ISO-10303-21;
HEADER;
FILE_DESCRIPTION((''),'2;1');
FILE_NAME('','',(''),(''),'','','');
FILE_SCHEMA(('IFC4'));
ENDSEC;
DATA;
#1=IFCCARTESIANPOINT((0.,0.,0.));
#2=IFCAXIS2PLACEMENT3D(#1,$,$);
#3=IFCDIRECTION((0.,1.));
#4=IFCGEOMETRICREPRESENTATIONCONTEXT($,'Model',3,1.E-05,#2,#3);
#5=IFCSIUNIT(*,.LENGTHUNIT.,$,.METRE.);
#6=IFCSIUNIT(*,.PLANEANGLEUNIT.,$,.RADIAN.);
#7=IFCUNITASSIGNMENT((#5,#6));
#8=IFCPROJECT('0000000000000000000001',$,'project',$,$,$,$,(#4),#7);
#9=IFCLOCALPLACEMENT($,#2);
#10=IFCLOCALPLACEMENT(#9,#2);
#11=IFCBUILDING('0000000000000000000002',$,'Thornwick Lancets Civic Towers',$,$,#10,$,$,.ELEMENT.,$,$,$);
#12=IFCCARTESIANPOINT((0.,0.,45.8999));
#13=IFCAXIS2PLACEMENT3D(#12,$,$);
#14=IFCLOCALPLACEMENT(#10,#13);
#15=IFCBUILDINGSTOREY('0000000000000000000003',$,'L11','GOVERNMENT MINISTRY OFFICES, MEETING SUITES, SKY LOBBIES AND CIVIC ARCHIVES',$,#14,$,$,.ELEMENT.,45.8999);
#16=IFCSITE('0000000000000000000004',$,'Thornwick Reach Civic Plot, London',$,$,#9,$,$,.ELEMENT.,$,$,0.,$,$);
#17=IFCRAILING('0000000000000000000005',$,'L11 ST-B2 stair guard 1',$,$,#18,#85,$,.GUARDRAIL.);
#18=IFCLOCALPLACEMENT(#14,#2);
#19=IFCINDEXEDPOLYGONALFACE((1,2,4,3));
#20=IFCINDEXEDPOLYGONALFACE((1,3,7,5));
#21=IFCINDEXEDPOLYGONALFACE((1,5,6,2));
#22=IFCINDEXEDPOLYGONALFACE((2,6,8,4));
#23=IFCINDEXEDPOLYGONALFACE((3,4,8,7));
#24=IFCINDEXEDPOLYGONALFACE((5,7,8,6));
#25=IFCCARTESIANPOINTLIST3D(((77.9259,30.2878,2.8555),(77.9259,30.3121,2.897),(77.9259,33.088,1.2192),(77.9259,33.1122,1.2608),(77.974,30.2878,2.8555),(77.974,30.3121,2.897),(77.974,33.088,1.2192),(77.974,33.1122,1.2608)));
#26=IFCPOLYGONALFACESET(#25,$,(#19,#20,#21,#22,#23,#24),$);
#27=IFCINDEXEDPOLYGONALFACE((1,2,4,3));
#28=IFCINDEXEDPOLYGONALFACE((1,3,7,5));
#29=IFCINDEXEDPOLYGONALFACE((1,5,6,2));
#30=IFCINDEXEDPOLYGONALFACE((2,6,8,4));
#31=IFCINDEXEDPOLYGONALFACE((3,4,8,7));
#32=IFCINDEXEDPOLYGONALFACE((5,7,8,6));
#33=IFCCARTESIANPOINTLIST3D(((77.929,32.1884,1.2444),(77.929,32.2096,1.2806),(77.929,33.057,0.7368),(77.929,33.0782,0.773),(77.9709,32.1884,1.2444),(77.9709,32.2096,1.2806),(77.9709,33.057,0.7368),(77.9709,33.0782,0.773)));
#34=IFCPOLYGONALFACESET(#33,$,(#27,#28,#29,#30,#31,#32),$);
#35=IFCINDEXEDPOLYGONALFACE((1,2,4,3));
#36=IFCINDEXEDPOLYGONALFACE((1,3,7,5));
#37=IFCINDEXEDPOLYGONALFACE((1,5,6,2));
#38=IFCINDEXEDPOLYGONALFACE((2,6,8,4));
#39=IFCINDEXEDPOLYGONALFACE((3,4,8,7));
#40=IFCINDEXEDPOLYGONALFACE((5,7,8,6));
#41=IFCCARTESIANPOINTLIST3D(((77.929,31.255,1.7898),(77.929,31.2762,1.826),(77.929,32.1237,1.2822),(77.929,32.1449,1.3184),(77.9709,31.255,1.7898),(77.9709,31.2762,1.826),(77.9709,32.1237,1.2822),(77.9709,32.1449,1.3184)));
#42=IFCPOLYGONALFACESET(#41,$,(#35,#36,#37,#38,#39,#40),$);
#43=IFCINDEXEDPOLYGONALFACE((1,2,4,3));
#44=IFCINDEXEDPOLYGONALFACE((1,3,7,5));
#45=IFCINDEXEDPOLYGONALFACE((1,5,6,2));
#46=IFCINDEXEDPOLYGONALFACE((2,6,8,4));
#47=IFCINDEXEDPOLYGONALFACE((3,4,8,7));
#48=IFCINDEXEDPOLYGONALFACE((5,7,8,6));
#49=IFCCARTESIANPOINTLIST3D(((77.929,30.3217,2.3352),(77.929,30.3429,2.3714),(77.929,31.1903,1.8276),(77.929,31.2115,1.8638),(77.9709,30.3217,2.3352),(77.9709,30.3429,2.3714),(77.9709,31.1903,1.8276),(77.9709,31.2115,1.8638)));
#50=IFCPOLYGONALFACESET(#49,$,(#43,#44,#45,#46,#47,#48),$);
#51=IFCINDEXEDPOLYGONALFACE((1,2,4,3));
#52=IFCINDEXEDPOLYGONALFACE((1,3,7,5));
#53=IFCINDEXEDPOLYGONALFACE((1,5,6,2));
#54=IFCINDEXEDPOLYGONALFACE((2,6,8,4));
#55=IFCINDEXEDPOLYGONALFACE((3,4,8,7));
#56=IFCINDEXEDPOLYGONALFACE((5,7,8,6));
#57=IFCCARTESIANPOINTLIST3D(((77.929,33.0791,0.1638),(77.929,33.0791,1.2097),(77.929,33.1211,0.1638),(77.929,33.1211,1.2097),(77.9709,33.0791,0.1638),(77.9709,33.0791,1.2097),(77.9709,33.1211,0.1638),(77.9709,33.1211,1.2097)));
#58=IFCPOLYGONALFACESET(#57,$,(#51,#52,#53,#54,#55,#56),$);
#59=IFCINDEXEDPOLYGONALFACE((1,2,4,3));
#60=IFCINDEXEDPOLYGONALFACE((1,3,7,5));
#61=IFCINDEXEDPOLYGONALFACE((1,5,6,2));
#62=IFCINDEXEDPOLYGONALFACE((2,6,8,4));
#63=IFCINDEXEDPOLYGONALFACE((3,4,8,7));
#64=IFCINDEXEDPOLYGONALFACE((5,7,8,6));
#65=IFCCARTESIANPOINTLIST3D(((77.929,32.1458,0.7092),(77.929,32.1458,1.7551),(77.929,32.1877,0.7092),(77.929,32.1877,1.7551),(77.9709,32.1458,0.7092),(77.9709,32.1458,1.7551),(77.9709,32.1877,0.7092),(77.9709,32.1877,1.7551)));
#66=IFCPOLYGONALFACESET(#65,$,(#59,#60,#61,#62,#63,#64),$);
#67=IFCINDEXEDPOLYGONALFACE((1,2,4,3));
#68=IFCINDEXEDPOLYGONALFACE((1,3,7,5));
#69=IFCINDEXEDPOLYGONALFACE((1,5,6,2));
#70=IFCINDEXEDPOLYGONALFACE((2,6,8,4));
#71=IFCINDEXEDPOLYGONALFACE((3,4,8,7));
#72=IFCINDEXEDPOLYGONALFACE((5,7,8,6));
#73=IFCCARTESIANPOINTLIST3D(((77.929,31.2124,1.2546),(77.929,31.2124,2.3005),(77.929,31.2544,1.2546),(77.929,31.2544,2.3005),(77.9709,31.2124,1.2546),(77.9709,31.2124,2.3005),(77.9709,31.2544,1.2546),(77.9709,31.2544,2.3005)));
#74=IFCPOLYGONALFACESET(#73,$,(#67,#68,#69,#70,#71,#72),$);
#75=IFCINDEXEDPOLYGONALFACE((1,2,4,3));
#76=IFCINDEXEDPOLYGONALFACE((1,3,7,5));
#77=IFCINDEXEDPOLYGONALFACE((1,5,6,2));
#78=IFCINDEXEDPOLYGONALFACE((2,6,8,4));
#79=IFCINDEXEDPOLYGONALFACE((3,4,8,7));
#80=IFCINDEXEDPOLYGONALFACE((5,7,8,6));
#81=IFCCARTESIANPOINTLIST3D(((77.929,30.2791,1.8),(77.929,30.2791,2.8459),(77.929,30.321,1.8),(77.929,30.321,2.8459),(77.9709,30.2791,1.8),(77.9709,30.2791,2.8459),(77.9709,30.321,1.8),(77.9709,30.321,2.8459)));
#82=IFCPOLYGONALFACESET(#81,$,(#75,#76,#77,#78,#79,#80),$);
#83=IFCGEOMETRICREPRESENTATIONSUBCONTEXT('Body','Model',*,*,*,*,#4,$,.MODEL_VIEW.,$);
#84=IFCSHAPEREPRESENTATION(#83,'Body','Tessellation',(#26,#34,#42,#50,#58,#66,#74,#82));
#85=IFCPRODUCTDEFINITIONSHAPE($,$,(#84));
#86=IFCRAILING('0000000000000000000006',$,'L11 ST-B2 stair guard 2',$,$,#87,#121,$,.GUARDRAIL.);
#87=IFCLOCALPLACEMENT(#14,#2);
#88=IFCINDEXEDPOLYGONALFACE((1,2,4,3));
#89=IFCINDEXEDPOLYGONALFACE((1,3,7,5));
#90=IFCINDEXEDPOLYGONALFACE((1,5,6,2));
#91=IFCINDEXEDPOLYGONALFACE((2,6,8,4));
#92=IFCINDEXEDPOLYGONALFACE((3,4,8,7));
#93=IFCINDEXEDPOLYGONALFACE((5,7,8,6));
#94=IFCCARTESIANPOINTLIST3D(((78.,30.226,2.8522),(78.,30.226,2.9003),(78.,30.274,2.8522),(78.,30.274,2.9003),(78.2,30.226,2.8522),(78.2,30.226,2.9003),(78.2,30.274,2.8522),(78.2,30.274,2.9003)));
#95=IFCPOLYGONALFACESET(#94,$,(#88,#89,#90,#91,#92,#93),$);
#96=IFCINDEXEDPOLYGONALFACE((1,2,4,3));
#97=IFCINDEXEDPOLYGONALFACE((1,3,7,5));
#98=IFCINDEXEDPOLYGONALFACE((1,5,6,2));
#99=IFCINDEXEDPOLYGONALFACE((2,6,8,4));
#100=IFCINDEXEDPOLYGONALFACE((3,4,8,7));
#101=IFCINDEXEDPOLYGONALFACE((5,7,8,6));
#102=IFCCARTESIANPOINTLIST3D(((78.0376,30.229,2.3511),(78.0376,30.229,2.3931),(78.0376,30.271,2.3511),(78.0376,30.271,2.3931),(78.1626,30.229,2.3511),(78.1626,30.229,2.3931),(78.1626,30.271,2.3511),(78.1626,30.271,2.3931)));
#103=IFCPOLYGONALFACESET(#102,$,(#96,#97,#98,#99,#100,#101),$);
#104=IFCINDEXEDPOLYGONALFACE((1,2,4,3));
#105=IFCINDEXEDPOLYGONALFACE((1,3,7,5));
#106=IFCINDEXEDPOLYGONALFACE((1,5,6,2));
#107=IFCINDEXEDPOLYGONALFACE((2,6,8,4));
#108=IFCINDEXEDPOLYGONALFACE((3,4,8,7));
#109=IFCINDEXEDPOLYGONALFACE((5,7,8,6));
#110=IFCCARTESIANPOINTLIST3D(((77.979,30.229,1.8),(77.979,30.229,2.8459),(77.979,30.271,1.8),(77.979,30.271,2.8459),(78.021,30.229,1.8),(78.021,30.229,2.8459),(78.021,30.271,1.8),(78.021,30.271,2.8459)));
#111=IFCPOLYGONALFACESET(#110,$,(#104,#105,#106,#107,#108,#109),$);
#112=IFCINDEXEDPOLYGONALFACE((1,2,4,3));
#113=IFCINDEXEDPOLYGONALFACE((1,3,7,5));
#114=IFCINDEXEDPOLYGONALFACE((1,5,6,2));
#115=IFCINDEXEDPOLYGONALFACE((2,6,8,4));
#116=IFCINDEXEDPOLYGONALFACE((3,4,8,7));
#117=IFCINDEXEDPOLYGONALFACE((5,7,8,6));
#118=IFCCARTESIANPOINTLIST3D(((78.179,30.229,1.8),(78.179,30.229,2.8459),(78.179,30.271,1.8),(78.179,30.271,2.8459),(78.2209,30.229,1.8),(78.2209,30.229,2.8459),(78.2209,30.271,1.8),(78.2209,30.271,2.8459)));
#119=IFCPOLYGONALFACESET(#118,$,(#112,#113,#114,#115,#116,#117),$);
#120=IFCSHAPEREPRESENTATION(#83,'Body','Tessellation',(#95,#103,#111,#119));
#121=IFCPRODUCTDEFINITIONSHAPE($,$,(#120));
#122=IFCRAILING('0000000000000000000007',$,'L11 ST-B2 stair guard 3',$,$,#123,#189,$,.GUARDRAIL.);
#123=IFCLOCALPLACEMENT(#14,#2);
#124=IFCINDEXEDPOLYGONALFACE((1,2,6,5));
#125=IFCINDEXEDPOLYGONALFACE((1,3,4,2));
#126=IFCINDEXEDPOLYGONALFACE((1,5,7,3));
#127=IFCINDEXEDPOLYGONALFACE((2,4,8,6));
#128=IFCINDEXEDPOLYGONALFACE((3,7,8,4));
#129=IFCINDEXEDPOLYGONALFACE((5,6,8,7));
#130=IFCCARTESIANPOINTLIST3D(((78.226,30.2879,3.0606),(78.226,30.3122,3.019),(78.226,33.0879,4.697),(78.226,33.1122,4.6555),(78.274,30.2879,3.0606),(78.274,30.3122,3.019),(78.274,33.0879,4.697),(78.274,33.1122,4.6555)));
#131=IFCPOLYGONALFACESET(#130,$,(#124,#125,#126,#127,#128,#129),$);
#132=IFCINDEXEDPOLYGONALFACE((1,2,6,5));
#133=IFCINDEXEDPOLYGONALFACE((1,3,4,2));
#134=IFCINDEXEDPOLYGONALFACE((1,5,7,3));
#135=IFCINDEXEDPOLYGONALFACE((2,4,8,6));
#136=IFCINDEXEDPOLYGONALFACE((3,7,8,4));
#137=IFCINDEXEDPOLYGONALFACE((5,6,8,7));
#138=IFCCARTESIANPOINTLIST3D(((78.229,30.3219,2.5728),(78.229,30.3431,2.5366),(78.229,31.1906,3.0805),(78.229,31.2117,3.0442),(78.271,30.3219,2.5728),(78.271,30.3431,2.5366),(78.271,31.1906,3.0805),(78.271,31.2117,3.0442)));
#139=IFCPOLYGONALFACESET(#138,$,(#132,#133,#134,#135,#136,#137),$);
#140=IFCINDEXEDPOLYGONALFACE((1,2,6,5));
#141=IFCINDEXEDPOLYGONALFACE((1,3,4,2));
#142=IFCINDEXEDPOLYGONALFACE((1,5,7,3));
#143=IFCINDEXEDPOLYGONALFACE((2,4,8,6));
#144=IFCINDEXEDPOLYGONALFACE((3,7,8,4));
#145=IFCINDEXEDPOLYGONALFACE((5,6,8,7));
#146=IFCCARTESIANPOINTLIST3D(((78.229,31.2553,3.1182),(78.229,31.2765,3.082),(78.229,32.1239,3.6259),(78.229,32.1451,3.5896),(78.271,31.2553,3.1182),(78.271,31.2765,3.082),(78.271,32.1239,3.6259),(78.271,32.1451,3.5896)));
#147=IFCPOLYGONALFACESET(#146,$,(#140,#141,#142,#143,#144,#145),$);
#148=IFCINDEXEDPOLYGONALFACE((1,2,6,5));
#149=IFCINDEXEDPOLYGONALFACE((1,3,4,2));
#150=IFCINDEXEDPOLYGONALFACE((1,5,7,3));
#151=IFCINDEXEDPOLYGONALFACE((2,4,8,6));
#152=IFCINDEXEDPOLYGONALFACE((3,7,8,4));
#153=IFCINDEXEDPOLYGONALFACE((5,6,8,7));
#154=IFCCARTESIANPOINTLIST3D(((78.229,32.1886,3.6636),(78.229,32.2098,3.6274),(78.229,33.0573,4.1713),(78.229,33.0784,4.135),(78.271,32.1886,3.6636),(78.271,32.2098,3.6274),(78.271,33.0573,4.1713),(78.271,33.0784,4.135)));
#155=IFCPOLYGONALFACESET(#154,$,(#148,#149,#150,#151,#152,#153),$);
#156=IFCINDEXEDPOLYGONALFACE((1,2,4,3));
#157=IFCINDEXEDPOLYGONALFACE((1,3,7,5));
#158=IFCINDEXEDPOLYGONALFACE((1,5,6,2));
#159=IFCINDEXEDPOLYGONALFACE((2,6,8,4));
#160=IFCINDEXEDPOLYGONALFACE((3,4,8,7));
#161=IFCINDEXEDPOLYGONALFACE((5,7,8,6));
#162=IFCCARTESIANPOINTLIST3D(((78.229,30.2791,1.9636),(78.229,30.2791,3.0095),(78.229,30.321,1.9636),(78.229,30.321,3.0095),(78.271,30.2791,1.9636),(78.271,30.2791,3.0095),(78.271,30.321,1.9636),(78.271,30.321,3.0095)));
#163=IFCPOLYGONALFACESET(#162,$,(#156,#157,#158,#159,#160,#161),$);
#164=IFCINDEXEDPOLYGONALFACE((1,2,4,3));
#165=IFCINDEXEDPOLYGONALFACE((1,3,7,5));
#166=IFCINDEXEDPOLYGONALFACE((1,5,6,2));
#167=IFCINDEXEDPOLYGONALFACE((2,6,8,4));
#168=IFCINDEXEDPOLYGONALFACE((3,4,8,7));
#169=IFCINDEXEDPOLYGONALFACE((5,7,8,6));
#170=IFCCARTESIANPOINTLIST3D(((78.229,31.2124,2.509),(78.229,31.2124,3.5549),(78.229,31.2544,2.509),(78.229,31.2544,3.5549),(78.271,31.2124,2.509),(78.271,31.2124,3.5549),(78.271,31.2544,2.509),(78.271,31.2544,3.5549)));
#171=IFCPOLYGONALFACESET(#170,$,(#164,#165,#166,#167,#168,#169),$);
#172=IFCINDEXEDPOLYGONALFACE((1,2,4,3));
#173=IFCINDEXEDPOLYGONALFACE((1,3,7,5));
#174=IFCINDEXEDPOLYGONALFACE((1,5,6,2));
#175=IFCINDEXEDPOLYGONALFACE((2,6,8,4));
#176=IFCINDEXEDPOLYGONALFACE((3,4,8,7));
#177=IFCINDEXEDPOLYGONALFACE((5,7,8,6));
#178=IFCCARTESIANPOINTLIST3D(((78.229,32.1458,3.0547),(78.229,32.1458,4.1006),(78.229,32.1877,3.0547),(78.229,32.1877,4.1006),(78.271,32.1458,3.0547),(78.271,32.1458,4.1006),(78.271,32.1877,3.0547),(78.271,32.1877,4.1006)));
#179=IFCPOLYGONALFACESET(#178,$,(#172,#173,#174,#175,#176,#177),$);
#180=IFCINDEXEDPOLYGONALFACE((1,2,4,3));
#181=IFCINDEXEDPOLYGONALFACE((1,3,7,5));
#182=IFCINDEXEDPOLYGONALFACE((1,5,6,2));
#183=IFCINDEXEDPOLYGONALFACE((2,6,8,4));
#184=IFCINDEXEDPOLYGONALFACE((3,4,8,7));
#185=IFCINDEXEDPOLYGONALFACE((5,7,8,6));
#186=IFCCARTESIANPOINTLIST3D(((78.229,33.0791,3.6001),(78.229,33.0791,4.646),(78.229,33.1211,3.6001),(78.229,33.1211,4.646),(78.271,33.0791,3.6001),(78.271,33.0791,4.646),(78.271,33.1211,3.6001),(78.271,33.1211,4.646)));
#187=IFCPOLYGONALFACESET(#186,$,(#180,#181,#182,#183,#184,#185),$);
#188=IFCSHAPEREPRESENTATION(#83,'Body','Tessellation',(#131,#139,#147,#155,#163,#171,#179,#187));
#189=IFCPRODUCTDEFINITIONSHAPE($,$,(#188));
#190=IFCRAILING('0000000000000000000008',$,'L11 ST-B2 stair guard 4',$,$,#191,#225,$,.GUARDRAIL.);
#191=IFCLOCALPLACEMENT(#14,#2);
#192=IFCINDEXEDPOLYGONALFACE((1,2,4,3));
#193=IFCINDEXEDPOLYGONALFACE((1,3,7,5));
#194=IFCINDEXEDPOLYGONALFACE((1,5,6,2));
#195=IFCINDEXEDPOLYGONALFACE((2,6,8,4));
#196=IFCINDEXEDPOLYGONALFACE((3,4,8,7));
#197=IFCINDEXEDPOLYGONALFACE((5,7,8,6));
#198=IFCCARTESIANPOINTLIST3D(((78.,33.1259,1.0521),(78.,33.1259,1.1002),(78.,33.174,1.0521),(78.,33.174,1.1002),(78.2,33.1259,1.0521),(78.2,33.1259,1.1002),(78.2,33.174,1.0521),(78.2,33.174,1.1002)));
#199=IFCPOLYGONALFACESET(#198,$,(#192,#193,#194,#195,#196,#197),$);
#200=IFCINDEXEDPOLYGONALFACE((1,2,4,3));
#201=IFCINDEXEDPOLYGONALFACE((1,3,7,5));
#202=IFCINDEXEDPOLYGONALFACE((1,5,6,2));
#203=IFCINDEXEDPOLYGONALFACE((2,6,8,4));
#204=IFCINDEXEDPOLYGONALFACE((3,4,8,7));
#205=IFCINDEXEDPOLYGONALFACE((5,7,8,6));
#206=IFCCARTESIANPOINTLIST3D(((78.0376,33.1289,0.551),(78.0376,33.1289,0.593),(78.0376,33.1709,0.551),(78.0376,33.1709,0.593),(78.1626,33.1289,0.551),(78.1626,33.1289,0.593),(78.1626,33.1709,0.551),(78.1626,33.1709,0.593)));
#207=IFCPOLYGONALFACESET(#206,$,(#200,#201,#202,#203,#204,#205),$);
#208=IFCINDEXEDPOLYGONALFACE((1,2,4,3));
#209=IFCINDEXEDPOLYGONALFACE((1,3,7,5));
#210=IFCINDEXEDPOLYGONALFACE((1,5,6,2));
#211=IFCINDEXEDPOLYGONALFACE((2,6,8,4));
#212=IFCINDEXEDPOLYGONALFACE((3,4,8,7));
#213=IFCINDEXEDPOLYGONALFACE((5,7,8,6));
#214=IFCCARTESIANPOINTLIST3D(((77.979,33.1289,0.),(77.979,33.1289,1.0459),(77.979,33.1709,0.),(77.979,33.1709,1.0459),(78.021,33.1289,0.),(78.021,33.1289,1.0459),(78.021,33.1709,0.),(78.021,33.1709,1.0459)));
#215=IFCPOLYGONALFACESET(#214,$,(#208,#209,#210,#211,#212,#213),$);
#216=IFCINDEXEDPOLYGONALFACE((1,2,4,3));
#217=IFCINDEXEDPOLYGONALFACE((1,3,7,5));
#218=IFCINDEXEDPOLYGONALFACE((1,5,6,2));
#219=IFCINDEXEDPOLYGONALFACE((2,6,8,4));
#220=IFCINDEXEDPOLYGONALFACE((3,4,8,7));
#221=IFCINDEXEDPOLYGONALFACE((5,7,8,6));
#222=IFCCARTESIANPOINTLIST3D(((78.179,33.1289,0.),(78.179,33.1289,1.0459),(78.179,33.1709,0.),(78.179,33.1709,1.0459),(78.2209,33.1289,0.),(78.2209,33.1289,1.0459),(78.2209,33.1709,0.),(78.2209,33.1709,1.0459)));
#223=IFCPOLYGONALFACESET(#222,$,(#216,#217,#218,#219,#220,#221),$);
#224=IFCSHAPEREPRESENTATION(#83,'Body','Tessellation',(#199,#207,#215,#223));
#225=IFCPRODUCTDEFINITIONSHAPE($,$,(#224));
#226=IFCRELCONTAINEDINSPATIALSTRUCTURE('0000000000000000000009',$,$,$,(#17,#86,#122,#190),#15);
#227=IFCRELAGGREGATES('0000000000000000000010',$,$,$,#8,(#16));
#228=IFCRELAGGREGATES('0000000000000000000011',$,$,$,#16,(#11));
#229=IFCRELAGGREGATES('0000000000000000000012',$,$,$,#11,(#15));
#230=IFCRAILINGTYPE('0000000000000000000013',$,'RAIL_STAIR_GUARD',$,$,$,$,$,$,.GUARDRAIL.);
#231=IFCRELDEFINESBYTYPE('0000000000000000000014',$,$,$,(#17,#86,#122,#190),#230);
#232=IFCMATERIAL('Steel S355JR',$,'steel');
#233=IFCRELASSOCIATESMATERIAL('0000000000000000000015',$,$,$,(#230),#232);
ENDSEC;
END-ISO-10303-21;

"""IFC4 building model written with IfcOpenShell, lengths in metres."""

from ifc_helpers import new_model, si_unit, direction, frame, origin, origin_2d, place, context, subcontext, project, spatial, rectangle, extrude, material, type_object, element, save


model = new_model("IFC4")

# Units and contexts
model_context = context("Model", 3, precision=1e-05, world=origin(), true_north=direction((0.0, 1.0)))
body_context = subcontext(model_context, "Body", "Model", "MODEL_VIEW")
ifc_project = project(units=[si_unit("LENGTHUNIT", "METRE"), si_unit("PLANEANGLEUNIT", "RADIAN")], contexts=[model_context])

# Site, building, storey
site_placement = place(None, origin())
site = spatial("IfcSite", under=ifc_project, at=site_placement, Name="Thornwick Reach Civic Plot, London", CompositionType="ELEMENT", RefElevation=0.0)
building_placement = place(site_placement, origin())
building = spatial("IfcBuilding", under=site, at=building_placement, Name="Thornwick Lancets Civic Towers", CompositionType="ELEMENT")
storey_placement = place(building_placement, frame((0.0, 0.0, 45.8999)))
storey = spatial("IfcBuildingStorey", under=building, at=storey_placement, Name="L11", Description="GOVERNMENT MINISTRY OFFICES, MEETING SUITES, SKY LOBBIES AND CIVIC ARCHIVES", CompositionType="ELEMENT", Elevation=45.8999)

# Shared definitions
ifc_material_1 = material(Name="Steel S355JR", Category="steel")

# Railings
railing_type_1 = type_object("IfcRailingType", Name="RAIL_STAIR_GUARD", PredefinedType="GUARDRAIL", material=ifc_material_1)
railing_1_placement = place(storey_placement, frame((77.95, 33.1001, 0.1638)))
element("IfcRailing", 1, at=railing_1_placement, inside=storey, type_object=railing_type_1, Name="L11 ST-B2 stair guard 1", PredefinedType="GUARDRAIL", context=body_context, shape_type="SweptSolid", body=[
    extrude(rectangle(XDim=0.0481, YDim=0.0481, at=origin_2d()), frame((0.0, 0.0, 1.0762), z_axis=(0.0, -0.863394, 0.504531), x_axis=(1.0, 0.0, 0.0)), (0.0, 0.0, 1.0), 3.2432),
    extrude(rectangle(XDim=0.042, YDim=0.042, at=origin_2d()), frame((0.0, -0.0325, 0.5911), z_axis=(0.0, -0.863394, 0.504531), x_axis=(1.0, 0.0, 0.0)), (0.0, 0.0, 1.0), 1.0061),
    extrude(rectangle(XDim=0.042, YDim=0.042, at=origin_2d()), frame((0.0, -0.9658, 1.1365), z_axis=(0.0, -0.863394, 0.504531), x_axis=(1.0, 0.0, 0.0)), (0.0, 0.0, 1.0), 1.0061),
    extrude(rectangle(XDim=0.042, YDim=0.042, at=origin_2d()), frame((0.0, -1.8992, 1.6819), z_axis=(0.0, -0.863394, 0.504531), x_axis=(1.0, 0.0, 0.0)), (0.0, 0.0, 1.0), 1.0061),
    extrude(rectangle(XDim=0.042, YDim=0.042, at=origin_2d()), origin(), (0.0, 0.0, 1.0), 1.0459),
    extrude(rectangle(XDim=0.042, YDim=0.042, at=origin_2d()), frame((0.0, -0.9333, 0.5454)), (0.0, 0.0, 1.0), 1.0459),
    extrude(rectangle(XDim=0.042, YDim=0.042, at=origin_2d()), frame((0.0, -1.8667, 1.0908)), (0.0, 0.0, 1.0), 1.0459),
    extrude(rectangle(XDim=0.042, YDim=0.042, at=origin_2d()), frame((0.0, -2.8, 1.6362)), (0.0, 0.0, 1.0), 1.0459),
])
railing_2_placement = place(storey_placement, frame((78.0, 30.25, 1.8)))
element("IfcRailing", 2, at=railing_2_placement, inside=storey, type_object=railing_type_1, Name="L11 ST-B2 stair guard 2", PredefinedType="GUARDRAIL", context=body_context, shape_type="SweptSolid", body=[
    extrude(rectangle(XDim=0.0481, YDim=0.0481, at=origin_2d()), frame((0.0, 0.0, 1.0762), z_axis=(1.0, 0.0, 0.0), x_axis=(0.0, 1.0, 0.0)), (0.0, 0.0, 1.0), 0.2),
    extrude(rectangle(XDim=0.042, YDim=0.042, at=origin_2d()), frame((0.0376, 0.0, 0.572), z_axis=(1.0, 0.0, 0.0), x_axis=(0.0, 1.0, 0.0)), (0.0, 0.0, 1.0), 0.125),
    extrude(rectangle(XDim=0.042, YDim=0.042, at=origin_2d()), origin(), (0.0, 0.0, 1.0), 1.0459),
    extrude(rectangle(XDim=0.042, YDim=0.042, at=origin_2d()), frame((0.2, 0.0, 0.0)), (0.0, 0.0, 1.0), 1.0459),
])
railing_3_placement = place(storey_placement, frame((78.25, 30.3, 1.9636)))
element("IfcRailing", 3, at=railing_3_placement, inside=storey, type_object=railing_type_1, Name="L11 ST-B2 stair guard 3", PredefinedType="GUARDRAIL", context=body_context, shape_type="SweptSolid", body=[
    extrude(rectangle(XDim=0.0481, YDim=0.0481, at=origin_2d()), frame((0.0, 0.0, 1.0762), z_axis=(0.0, 0.863361, 0.504587), x_axis=(-1.0, 0.0, 0.0)), (0.0, 0.0, 1.0), 3.2432),
    extrude(rectangle(XDim=0.042, YDim=0.042, at=origin_2d()), frame((0.0, 0.0325, 0.5911), z_axis=(0.0, 0.863361, 0.504587), x_axis=(-1.0, 0.0, 0.0)), (0.0, 0.0, 1.0), 1.0061),
    extrude(rectangle(XDim=0.042, YDim=0.042, at=origin_2d()), frame((0.0, 0.9658, 1.1365), z_axis=(0.0, 0.863361, 0.504587), x_axis=(-1.0, 0.0, 0.0)), (0.0, 0.0, 1.0), 1.0061),
    extrude(rectangle(XDim=0.042, YDim=0.042, at=origin_2d()), frame((0.0, 1.8992, 1.6819), z_axis=(0.0, 0.863361, 0.504587), x_axis=(-1.0, 0.0, 0.0)), (0.0, 0.0, 1.0), 1.0061),
    extrude(rectangle(XDim=0.042, YDim=0.042, at=origin_2d()), origin(), (0.0, 0.0, 1.0), 1.0459),
    extrude(rectangle(XDim=0.042, YDim=0.042, at=origin_2d()), frame((0.0, 0.9333, 0.5454)), (0.0, 0.0, 1.0), 1.0459),
    extrude(rectangle(XDim=0.042, YDim=0.042, at=origin_2d()), frame((0.0, 1.8667, 1.0911)), (0.0, 0.0, 1.0), 1.0459),
    extrude(rectangle(XDim=0.042, YDim=0.042, at=origin_2d()), frame((0.0, 2.8, 1.6365)), (0.0, 0.0, 1.0), 1.0459),
])
railing_4_placement = place(storey_placement, frame((78.0, 33.1499, 0.0)))
element("IfcRailing", 4, at=railing_4_placement, inside=storey, type_object=railing_type_1, Name="L11 ST-B2 stair guard 4", PredefinedType="GUARDRAIL", context=body_context, shape_type="SweptSolid", body=[
    extrude(rectangle(XDim=0.0481, YDim=0.0481, at=origin_2d()), frame((0.0, 0.0, 1.0762), z_axis=(1.0, 0.0, 0.0), x_axis=(0.0, 1.0, 0.0)), (0.0, 0.0, 1.0), 0.2),
    extrude(rectangle(XDim=0.042, YDim=0.042, at=origin_2d()), frame((0.0376, 0.0, 0.572), z_axis=(1.0, 0.0, 0.0), x_axis=(0.0, 1.0, 0.0)), (0.0, 0.0, 1.0), 0.125),
    extrude(rectangle(XDim=0.042, YDim=0.042, at=origin_2d()), origin(), (0.0, 0.0, 1.0), 1.0459),
    extrude(rectangle(XDim=0.042, YDim=0.042, at=origin_2d()), frame((0.2, 0.0, 0.0)), (0.0, 0.0, 1.0), 1.0459),
])

save(model, "model.ifc")
